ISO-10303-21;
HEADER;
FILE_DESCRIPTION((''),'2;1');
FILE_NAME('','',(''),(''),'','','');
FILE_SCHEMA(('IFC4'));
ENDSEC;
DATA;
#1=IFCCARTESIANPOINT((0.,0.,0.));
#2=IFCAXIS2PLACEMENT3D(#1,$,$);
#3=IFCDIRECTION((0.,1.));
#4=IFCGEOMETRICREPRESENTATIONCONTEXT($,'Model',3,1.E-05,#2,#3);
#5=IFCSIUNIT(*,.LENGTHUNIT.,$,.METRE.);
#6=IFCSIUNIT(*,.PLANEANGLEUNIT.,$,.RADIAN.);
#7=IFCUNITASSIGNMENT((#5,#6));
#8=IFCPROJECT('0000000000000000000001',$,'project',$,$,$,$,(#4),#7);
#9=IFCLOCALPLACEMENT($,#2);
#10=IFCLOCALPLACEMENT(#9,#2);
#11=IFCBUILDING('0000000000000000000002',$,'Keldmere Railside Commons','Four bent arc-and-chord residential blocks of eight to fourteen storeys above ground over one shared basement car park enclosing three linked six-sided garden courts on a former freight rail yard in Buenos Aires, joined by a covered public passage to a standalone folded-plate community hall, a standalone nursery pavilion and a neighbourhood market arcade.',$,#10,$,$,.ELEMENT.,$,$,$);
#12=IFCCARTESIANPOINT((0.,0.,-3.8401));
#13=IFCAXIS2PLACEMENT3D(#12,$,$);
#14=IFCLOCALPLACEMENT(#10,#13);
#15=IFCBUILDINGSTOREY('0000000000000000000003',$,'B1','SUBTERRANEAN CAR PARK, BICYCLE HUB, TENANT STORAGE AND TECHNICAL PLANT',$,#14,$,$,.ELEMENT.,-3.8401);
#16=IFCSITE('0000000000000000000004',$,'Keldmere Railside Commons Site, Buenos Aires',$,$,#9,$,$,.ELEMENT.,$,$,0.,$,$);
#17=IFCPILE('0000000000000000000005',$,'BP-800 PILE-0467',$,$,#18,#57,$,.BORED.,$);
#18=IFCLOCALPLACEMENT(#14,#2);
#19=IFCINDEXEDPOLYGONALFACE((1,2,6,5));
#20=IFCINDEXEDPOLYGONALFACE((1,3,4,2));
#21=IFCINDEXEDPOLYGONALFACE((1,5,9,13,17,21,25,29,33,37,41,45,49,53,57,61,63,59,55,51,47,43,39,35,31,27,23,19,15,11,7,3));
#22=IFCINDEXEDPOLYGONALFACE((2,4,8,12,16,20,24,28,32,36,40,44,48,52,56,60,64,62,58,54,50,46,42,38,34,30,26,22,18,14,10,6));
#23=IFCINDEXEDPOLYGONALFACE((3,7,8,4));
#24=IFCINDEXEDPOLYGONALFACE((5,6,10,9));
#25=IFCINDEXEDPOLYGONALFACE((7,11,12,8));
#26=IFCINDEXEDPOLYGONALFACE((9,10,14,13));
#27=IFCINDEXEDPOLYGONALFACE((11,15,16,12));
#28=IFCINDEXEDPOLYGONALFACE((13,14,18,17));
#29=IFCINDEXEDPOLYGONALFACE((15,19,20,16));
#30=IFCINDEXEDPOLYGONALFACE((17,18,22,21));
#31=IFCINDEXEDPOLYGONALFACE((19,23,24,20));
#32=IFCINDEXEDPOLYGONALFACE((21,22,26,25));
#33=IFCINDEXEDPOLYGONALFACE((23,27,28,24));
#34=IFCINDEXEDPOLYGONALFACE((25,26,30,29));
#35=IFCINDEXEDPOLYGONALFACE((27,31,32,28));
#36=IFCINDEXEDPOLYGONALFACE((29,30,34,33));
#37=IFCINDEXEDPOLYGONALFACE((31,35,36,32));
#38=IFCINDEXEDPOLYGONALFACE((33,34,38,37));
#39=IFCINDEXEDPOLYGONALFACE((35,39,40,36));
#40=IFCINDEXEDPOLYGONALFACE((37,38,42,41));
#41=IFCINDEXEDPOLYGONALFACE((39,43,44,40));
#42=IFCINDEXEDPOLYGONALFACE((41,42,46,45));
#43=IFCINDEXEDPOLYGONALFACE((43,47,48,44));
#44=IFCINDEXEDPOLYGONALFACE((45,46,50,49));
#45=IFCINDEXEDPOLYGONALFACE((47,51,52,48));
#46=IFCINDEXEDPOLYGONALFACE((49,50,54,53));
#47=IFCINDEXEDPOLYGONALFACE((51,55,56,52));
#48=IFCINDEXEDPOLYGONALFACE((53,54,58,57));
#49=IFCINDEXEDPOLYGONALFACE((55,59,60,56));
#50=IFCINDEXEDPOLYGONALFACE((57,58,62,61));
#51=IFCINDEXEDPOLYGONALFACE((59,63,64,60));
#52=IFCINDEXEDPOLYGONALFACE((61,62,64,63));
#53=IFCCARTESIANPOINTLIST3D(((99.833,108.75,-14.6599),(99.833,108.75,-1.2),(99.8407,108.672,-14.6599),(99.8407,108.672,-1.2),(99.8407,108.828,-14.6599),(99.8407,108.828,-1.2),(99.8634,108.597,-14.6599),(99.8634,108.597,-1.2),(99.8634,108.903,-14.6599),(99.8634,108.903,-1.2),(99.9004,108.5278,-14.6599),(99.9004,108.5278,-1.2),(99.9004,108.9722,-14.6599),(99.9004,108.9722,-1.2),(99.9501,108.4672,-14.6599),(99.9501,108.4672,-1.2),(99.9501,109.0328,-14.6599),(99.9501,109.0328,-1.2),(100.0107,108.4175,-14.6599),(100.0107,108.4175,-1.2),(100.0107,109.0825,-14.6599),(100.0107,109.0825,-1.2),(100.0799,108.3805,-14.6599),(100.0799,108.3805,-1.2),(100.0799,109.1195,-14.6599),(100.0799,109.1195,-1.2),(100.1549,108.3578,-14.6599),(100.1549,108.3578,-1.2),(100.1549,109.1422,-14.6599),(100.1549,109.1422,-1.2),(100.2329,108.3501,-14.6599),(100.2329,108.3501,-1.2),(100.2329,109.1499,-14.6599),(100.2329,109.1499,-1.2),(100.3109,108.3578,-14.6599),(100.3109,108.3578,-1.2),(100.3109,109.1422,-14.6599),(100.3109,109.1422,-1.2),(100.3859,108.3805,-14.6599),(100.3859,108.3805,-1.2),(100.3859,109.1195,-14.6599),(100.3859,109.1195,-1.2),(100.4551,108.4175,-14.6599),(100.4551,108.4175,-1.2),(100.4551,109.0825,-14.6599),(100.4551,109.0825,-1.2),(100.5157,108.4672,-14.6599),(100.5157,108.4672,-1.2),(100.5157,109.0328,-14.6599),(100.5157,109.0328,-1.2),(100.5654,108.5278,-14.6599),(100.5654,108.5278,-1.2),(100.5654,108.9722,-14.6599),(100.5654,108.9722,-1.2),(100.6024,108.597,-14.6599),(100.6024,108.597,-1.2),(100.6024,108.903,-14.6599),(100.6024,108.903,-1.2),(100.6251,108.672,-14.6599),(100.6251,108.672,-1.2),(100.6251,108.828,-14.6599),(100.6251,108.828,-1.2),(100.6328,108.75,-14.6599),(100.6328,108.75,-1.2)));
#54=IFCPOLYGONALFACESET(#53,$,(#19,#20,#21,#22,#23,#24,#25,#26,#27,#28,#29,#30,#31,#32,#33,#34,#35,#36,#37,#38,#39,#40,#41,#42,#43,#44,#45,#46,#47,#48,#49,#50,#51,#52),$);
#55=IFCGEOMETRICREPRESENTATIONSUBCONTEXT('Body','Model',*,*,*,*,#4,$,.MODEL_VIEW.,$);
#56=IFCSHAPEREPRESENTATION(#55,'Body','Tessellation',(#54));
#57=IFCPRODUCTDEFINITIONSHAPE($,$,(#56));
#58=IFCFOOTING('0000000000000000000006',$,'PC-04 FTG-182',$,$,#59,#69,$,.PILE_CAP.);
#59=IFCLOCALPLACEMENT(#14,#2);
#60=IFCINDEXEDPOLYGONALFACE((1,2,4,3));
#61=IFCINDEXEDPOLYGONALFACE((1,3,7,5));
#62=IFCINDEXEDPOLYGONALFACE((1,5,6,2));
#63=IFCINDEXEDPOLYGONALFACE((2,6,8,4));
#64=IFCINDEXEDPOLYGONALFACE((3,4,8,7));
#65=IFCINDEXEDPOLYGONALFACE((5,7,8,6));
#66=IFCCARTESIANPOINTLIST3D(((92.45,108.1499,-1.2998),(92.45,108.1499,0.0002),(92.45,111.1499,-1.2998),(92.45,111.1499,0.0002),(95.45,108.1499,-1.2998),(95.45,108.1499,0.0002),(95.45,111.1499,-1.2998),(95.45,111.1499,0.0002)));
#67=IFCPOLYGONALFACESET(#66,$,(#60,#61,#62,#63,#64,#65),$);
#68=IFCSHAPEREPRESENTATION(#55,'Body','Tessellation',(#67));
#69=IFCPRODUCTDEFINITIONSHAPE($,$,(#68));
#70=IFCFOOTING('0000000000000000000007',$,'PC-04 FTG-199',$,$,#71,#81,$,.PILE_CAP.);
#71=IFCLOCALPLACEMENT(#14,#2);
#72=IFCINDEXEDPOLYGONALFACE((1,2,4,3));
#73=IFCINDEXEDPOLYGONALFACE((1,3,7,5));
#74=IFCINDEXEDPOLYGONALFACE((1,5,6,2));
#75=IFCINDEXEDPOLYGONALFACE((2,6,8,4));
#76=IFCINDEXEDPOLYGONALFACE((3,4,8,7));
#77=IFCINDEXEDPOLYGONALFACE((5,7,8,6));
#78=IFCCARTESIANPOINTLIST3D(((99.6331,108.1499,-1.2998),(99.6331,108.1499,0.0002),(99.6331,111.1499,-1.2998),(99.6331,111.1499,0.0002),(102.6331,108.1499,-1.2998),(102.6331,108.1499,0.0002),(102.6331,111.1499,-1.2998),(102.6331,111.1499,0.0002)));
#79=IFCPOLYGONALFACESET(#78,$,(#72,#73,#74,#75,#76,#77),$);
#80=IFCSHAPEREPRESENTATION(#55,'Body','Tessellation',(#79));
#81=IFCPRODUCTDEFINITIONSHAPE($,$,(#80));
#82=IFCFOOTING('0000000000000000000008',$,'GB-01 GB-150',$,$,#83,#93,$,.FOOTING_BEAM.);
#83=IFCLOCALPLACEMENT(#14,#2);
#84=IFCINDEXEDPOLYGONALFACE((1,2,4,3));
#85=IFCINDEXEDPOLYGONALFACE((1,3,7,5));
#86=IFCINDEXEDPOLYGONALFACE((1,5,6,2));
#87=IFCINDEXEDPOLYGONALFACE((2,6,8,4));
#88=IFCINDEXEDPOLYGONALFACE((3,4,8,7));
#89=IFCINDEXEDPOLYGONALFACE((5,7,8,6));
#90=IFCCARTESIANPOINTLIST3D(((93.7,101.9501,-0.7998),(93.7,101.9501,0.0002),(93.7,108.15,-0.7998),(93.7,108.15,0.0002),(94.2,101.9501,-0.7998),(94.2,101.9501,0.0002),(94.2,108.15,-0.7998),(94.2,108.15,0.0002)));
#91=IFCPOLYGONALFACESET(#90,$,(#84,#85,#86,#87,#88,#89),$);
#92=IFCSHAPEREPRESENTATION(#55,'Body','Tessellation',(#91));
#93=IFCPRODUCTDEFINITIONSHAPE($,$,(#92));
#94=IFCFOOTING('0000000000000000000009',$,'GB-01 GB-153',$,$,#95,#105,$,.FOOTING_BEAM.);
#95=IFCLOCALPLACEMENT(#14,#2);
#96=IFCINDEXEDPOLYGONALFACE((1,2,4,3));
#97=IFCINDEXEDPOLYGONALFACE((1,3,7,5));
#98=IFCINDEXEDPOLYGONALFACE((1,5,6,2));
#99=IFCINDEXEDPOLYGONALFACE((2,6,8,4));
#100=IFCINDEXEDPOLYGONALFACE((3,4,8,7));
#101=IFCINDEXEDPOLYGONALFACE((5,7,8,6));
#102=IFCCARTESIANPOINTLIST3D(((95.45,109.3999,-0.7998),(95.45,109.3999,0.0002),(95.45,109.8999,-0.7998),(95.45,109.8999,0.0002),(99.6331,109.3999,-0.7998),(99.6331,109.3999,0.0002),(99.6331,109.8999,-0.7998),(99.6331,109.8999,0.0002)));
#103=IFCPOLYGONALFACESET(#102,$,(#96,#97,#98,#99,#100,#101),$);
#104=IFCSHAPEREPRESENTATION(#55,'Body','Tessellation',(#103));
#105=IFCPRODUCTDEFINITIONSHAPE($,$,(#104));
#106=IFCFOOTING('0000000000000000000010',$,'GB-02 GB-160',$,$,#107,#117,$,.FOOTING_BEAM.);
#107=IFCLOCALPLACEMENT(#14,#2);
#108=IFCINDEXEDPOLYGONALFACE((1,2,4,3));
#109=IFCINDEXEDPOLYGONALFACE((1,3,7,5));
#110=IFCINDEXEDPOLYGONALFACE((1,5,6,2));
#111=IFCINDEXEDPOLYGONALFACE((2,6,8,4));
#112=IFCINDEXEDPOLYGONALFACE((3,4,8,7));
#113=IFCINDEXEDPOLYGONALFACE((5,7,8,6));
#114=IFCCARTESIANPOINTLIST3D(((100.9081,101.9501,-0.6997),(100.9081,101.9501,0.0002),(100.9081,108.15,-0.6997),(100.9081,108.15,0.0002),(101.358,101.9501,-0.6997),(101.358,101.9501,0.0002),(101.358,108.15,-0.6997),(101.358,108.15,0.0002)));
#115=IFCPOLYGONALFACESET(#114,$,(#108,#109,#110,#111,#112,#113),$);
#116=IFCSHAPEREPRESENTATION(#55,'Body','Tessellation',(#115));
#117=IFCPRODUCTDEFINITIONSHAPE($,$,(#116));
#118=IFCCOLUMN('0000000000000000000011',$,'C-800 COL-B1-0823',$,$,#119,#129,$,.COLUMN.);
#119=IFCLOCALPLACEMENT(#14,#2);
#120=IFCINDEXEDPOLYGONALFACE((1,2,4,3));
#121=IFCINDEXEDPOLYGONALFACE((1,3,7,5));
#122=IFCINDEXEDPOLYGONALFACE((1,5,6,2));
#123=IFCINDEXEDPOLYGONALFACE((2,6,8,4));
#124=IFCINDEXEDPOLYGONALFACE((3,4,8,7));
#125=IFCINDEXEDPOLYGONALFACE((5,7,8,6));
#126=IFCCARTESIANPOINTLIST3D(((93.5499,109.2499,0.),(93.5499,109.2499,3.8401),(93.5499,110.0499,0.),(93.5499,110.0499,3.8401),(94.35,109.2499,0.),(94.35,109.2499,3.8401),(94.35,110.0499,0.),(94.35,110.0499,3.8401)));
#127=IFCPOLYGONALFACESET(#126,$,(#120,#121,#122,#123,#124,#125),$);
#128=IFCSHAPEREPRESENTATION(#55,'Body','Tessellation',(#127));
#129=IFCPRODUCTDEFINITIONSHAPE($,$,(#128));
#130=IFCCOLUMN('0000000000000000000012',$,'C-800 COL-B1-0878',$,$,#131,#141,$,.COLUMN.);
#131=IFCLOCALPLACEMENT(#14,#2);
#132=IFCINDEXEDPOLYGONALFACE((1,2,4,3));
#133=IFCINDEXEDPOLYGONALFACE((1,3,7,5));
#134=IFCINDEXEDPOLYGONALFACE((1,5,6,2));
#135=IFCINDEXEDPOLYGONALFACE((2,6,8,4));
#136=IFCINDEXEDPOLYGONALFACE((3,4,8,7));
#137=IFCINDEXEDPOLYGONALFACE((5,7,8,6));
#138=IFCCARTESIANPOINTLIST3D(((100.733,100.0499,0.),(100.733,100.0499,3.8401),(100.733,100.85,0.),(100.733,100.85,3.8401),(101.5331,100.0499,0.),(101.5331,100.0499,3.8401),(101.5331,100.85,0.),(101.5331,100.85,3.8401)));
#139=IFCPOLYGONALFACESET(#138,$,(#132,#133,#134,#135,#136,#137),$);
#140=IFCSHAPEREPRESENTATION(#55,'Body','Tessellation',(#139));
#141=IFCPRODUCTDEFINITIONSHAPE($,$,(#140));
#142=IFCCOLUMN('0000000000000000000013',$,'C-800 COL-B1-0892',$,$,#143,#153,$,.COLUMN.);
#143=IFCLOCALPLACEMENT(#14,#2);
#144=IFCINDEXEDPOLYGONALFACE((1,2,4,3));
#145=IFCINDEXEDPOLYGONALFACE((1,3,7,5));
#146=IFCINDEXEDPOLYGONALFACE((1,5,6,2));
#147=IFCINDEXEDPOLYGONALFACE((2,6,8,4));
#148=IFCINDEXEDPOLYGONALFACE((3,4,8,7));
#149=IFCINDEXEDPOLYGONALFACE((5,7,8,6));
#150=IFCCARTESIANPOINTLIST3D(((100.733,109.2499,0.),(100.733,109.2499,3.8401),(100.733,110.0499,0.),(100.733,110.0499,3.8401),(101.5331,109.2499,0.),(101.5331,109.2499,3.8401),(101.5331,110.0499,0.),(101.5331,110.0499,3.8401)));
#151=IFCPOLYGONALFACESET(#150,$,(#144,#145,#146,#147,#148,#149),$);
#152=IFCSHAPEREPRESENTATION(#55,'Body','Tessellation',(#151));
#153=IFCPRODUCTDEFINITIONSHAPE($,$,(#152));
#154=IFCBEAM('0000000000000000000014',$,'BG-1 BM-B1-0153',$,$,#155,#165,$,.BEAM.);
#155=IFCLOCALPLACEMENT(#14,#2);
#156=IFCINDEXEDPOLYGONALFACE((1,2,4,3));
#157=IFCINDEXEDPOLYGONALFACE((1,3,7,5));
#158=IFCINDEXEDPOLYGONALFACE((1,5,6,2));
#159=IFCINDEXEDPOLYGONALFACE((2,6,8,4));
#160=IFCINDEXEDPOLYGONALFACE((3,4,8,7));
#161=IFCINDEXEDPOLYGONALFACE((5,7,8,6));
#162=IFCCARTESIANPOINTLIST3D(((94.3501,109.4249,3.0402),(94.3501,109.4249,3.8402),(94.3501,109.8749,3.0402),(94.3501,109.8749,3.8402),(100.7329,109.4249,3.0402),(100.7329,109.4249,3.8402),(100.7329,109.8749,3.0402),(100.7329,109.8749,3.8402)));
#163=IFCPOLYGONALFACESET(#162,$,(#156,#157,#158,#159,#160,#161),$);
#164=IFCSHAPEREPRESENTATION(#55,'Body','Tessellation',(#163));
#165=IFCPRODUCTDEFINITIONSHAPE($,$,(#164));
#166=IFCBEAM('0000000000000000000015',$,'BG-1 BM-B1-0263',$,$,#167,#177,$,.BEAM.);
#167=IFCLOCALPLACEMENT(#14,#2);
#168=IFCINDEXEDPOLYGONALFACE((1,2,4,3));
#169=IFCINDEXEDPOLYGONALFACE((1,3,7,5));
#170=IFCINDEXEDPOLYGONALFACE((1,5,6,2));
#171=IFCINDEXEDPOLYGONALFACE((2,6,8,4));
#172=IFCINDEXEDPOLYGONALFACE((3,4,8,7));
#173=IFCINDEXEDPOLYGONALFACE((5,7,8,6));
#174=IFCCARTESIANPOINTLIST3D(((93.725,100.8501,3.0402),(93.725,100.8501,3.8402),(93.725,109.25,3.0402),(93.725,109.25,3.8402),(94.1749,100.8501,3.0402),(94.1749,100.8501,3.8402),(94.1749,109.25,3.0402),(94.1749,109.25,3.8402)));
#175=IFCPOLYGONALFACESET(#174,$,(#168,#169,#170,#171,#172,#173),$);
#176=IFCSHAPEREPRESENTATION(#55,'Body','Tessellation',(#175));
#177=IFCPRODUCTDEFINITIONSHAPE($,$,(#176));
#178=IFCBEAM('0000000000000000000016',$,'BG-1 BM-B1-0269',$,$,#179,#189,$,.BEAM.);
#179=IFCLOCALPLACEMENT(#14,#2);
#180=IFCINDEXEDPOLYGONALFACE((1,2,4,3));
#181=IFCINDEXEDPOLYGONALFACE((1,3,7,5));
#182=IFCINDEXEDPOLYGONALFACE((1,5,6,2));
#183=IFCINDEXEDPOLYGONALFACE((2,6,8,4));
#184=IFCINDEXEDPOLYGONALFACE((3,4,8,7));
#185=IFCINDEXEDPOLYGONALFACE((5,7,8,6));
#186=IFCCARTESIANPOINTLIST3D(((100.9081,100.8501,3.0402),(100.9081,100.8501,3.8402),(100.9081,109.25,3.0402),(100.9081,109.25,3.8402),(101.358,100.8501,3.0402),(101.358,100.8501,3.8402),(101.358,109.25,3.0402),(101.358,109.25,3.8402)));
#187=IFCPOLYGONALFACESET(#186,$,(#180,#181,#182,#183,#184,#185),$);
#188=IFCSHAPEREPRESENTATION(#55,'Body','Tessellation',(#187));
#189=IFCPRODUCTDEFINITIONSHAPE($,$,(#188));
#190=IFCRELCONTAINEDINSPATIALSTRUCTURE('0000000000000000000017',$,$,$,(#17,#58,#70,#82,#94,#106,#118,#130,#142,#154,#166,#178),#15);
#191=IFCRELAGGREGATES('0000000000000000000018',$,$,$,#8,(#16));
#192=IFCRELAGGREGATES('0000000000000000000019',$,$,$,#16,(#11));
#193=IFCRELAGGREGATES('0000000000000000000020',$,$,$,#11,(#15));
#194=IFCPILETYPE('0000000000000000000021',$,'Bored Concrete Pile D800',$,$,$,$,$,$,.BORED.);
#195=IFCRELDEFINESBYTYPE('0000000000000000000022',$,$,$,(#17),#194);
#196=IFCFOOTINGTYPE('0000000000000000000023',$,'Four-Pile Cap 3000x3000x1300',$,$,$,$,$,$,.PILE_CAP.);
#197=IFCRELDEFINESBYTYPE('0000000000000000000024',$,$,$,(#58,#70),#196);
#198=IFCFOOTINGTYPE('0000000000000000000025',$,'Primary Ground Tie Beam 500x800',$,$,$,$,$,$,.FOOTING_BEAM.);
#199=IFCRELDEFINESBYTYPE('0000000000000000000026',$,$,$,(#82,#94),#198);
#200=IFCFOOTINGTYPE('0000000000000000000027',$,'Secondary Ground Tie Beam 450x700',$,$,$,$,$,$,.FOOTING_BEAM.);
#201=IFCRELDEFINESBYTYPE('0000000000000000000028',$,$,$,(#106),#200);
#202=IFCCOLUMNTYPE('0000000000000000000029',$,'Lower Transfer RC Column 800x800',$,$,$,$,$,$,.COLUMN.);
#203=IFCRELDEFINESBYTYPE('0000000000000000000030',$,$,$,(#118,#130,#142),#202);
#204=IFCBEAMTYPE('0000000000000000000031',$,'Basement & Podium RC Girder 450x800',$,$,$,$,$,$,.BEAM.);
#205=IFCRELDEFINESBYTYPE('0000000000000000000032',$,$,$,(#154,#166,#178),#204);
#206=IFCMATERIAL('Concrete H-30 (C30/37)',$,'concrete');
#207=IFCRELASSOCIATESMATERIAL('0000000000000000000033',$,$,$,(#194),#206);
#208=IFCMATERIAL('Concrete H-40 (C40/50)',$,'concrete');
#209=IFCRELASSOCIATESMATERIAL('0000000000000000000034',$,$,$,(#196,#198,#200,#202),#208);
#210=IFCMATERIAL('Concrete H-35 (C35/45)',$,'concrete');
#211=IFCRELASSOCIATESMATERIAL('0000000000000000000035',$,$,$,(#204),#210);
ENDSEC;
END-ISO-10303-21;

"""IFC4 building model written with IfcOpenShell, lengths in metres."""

from ifc_helpers import new_model, si_unit, direction, frame, origin, origin_2d, place, context, subcontext, project, spatial, rectangle, circle, extrude, material, material_profile, profile_set, type_object, element, save


model = new_model("IFC4")

# Units and contexts
model_context = context("Model", 3, precision=1e-05, world=origin(), true_north=direction((0.0, 1.0)))
body_context = subcontext(model_context, "Body", "Model", "MODEL_VIEW")
ifc_project = project(units=[si_unit("LENGTHUNIT", "METRE"), si_unit("PLANEANGLEUNIT", "RADIAN")], contexts=[model_context])

# Site, building, storey
site_placement = place(None, origin())
site = spatial("IfcSite", under=ifc_project, at=site_placement, Name="Keldmere Railside Commons Site, Buenos Aires", CompositionType="ELEMENT", RefElevation=0.0)
building_placement = place(site_placement, origin())
building = spatial("IfcBuilding", under=site, at=building_placement, Name="Keldmere Railside Commons", Description="Four bent arc-and-chord residential blocks of eight to fourteen storeys above ground over one shared basement car park enclosing three linked six-sided garden courts on a former freight rail yard in Buenos Aires, joined by a covered public passage to a standalone folded-plate community hall, a standalone nursery pavilion and a neighbourhood market arcade.", CompositionType="ELEMENT")
storey_placement = place(building_placement, frame((0.0, 0.0, -3.8401)))
storey = spatial("IfcBuildingStorey", under=building, at=storey_placement, Name="B1", Description="SUBTERRANEAN CAR PARK, BICYCLE HUB, TENANT STORAGE AND TECHNICAL PLANT", CompositionType="ELEMENT", Elevation=-3.8401)

# Pile
ifc_material_1 = material(Name="Concrete H-30 (C30/37)", Category="concrete")
ifc_material_profile_1 = material_profile(ifc_material_1, circle(Radius=0.3999, at=origin_2d()), Name="PILE-D800")
ifc_profile_set_1 = profile_set([ifc_material_profile_1], Name="Concrete H-30 (C30/37)")
pile_type = type_object("IfcPileType", Name="Bored Concrete Pile D800", PredefinedType="BORED", material=ifc_profile_set_1)
for number, where, z_axis, x_axis, name in (
    (1, (100.2329, 108.75, -1.2), (0.0, 0.0, -1.0), (1.0, 0.0, 0.0), "BP-800 PILE-0467"),
):
    element("IfcPile", number, at=place(storey_placement, frame(where, z_axis=z_axis, x_axis=x_axis)), inside=storey, type_object=pile_type, Name=name, PredefinedType="BORED", context=body_context, shape_type="SweptSolid", body=[
        extrude(circle(Radius=0.3999, at=origin_2d()), origin(), (0.0, 0.0, 1.0), 13.46),
    ])

# Footings
ifc_material_2 = material(Name="Concrete H-40 (C40/50)", Category="concrete")
footing_type_1 = type_object("IfcFootingType", Name="Four-Pile Cap 3000x3000x1300", PredefinedType="PILE_CAP", material=ifc_material_2)
for number, where, z_axis, x_axis, name in (
    (2, (93.95, 109.6499, -1.2998), (0.0, 0.0, 1.0), (1.0, 0.0, 0.0), "PC-04 FTG-182"),
    (3, (101.1331, 109.6499, -1.2998), (0.0, 0.0, 1.0), (1.0, 0.0, 0.0), "PC-04 FTG-199"),
):
    element("IfcFooting", number, at=place(storey_placement, frame(where, z_axis=z_axis, x_axis=x_axis)), inside=storey, type_object=footing_type_1, Name=name, PredefinedType="PILE_CAP", context=body_context, shape_type="SweptSolid", body=[
        extrude(rectangle(XDim=3.0, YDim=3.0, at=origin_2d()), origin(), (0.0, 0.0, 1.0), 1.3),
    ])
footing_type_2 = type_object("IfcFootingType", Name="Primary Ground Tie Beam 500x800", PredefinedType="FOOTING_BEAM", material=ifc_material_2)
footing_1_placement = place(storey_placement, frame((93.95, 105.05, -0.7998), z_axis=(0.0, 0.0, 1.0), x_axis=(0.0, 1.0, 0.0)))
element("IfcFooting", 4, at=footing_1_placement, inside=storey, type_object=footing_type_2, Name="GB-01 GB-150", PredefinedType="FOOTING_BEAM", context=body_context, shape_type="SweptSolid", body=[
    extrude(rectangle(XDim=6.2, YDim=0.5, at=origin_2d()), origin(), (0.0, 0.0, 1.0), 0.8),
])
footing_2_placement = place(storey_placement, frame((97.5415, 109.6499, -0.7998), z_axis=(0.0, 0.0, 1.0), x_axis=(1.0, 0.0, 0.0)))
element("IfcFooting", 5, at=footing_2_placement, inside=storey, type_object=footing_type_2, Name="GB-01 GB-153", PredefinedType="FOOTING_BEAM", context=body_context, shape_type="SweptSolid", body=[
    extrude(rectangle(XDim=4.1831, YDim=0.5, at=origin_2d()), origin(), (0.0, 0.0, 1.0), 0.8),
])
footing_type_3 = type_object("IfcFootingType", Name="Secondary Ground Tie Beam 450x700", PredefinedType="FOOTING_BEAM", material=ifc_material_2)
footing_3_placement = place(storey_placement, frame((101.1331, 105.05, -0.6997), z_axis=(0.0, 0.0, 1.0), x_axis=(0.0, 1.0, 0.0)))
element("IfcFooting", 6, at=footing_3_placement, inside=storey, type_object=footing_type_3, Name="GB-02 GB-160", PredefinedType="FOOTING_BEAM", context=body_context, shape_type="SweptSolid", body=[
    extrude(rectangle(XDim=6.2, YDim=0.45, at=origin_2d()), origin(), (0.0, 0.0, 1.0), 0.7),
])

# Columns
ifc_material_profile_2 = material_profile(ifc_material_2, rectangle(XDim=0.8, YDim=0.8, at=origin_2d()), Name="RC-800x800")
ifc_profile_set_2 = profile_set([ifc_material_profile_2], Name="Concrete H-40 (C40/50)")
column_type = type_object("IfcColumnType", Name="Lower Transfer RC Column 800x800", PredefinedType="COLUMN", material=ifc_profile_set_2)
for number, where, z_axis, x_axis, name in (
    (7, (93.95, 109.6499, 0.0), (0.0, 0.0, 1.0), (1.0, 0.0, 0.0), "C-800 COL-B1-0823"),
    (8, (101.1331, 100.45, 0.0), (0.0, 0.0, 1.0), (1.0, 0.0, 0.0), "C-800 COL-B1-0878"),
    (9, (101.1331, 109.6499, 0.0), (0.0, 0.0, 1.0), (1.0, 0.0, 0.0), "C-800 COL-B1-0892"),
):
    element("IfcColumn", number, at=place(storey_placement, frame(where, z_axis=z_axis, x_axis=x_axis)), inside=storey, type_object=column_type, Name=name, PredefinedType="COLUMN", context=body_context, shape_type="SweptSolid", body=[
        extrude(rectangle(XDim=0.8, YDim=0.8, at=origin_2d()), origin(), (0.0, 0.0, 1.0), 3.8401),
    ])

# Beams
ifc_material_3 = material(Name="Concrete H-35 (C35/45)", Category="concrete")
ifc_material_profile_3 = material_profile(ifc_material_3, rectangle(XDim=0.45, YDim=0.8, at=origin_2d()), Name="RC-450x800")
ifc_profile_set_3 = profile_set([ifc_material_profile_3], Name="Concrete H-35 (C35/45)")
beam_type_1 = type_object("IfcBeamType", Name="Basement & Podium RC Girder 450x800", PredefinedType="BEAM", material=ifc_profile_set_3)
beam_1_placement = place(storey_placement, frame((94.3501, 109.6499, 3.4402), z_axis=(1.0, 0.0, 0.0), x_axis=(0.0, 1.0, 0.0)))
element("IfcBeam", 10, at=beam_1_placement, inside=storey, type_object=beam_type_1, Name="BG-1 BM-B1-0153", PredefinedType="BEAM", context=body_context, shape_type="SweptSolid", body=[
    extrude(rectangle(XDim=0.45, YDim=0.8, at=origin_2d()), origin(), (0.0, 0.0, 1.0), 6.3828),
])
for number, where, z_axis, x_axis, name in (
    (11, (93.95, 100.8501, 3.4402), (0.0, 1.0, 0.0), (-1.0, 0.0, 0.0), "BG-1 BM-B1-0263"),
    (12, (101.1331, 100.8501, 3.4402), (0.0, 1.0, 0.0), (-1.0, 0.0, 0.0), "BG-1 BM-B1-0269"),
):
    element("IfcBeam", number, at=place(storey_placement, frame(where, z_axis=z_axis, x_axis=x_axis)), inside=storey, type_object=beam_type_1, Name=name, PredefinedType="BEAM", context=body_context, shape_type="SweptSolid", body=[
        extrude(rectangle(XDim=0.45, YDim=0.8, at=origin_2d()), origin(), (0.0, 0.0, 1.0), 8.3999),
    ])

save(model, "model.ifc")
